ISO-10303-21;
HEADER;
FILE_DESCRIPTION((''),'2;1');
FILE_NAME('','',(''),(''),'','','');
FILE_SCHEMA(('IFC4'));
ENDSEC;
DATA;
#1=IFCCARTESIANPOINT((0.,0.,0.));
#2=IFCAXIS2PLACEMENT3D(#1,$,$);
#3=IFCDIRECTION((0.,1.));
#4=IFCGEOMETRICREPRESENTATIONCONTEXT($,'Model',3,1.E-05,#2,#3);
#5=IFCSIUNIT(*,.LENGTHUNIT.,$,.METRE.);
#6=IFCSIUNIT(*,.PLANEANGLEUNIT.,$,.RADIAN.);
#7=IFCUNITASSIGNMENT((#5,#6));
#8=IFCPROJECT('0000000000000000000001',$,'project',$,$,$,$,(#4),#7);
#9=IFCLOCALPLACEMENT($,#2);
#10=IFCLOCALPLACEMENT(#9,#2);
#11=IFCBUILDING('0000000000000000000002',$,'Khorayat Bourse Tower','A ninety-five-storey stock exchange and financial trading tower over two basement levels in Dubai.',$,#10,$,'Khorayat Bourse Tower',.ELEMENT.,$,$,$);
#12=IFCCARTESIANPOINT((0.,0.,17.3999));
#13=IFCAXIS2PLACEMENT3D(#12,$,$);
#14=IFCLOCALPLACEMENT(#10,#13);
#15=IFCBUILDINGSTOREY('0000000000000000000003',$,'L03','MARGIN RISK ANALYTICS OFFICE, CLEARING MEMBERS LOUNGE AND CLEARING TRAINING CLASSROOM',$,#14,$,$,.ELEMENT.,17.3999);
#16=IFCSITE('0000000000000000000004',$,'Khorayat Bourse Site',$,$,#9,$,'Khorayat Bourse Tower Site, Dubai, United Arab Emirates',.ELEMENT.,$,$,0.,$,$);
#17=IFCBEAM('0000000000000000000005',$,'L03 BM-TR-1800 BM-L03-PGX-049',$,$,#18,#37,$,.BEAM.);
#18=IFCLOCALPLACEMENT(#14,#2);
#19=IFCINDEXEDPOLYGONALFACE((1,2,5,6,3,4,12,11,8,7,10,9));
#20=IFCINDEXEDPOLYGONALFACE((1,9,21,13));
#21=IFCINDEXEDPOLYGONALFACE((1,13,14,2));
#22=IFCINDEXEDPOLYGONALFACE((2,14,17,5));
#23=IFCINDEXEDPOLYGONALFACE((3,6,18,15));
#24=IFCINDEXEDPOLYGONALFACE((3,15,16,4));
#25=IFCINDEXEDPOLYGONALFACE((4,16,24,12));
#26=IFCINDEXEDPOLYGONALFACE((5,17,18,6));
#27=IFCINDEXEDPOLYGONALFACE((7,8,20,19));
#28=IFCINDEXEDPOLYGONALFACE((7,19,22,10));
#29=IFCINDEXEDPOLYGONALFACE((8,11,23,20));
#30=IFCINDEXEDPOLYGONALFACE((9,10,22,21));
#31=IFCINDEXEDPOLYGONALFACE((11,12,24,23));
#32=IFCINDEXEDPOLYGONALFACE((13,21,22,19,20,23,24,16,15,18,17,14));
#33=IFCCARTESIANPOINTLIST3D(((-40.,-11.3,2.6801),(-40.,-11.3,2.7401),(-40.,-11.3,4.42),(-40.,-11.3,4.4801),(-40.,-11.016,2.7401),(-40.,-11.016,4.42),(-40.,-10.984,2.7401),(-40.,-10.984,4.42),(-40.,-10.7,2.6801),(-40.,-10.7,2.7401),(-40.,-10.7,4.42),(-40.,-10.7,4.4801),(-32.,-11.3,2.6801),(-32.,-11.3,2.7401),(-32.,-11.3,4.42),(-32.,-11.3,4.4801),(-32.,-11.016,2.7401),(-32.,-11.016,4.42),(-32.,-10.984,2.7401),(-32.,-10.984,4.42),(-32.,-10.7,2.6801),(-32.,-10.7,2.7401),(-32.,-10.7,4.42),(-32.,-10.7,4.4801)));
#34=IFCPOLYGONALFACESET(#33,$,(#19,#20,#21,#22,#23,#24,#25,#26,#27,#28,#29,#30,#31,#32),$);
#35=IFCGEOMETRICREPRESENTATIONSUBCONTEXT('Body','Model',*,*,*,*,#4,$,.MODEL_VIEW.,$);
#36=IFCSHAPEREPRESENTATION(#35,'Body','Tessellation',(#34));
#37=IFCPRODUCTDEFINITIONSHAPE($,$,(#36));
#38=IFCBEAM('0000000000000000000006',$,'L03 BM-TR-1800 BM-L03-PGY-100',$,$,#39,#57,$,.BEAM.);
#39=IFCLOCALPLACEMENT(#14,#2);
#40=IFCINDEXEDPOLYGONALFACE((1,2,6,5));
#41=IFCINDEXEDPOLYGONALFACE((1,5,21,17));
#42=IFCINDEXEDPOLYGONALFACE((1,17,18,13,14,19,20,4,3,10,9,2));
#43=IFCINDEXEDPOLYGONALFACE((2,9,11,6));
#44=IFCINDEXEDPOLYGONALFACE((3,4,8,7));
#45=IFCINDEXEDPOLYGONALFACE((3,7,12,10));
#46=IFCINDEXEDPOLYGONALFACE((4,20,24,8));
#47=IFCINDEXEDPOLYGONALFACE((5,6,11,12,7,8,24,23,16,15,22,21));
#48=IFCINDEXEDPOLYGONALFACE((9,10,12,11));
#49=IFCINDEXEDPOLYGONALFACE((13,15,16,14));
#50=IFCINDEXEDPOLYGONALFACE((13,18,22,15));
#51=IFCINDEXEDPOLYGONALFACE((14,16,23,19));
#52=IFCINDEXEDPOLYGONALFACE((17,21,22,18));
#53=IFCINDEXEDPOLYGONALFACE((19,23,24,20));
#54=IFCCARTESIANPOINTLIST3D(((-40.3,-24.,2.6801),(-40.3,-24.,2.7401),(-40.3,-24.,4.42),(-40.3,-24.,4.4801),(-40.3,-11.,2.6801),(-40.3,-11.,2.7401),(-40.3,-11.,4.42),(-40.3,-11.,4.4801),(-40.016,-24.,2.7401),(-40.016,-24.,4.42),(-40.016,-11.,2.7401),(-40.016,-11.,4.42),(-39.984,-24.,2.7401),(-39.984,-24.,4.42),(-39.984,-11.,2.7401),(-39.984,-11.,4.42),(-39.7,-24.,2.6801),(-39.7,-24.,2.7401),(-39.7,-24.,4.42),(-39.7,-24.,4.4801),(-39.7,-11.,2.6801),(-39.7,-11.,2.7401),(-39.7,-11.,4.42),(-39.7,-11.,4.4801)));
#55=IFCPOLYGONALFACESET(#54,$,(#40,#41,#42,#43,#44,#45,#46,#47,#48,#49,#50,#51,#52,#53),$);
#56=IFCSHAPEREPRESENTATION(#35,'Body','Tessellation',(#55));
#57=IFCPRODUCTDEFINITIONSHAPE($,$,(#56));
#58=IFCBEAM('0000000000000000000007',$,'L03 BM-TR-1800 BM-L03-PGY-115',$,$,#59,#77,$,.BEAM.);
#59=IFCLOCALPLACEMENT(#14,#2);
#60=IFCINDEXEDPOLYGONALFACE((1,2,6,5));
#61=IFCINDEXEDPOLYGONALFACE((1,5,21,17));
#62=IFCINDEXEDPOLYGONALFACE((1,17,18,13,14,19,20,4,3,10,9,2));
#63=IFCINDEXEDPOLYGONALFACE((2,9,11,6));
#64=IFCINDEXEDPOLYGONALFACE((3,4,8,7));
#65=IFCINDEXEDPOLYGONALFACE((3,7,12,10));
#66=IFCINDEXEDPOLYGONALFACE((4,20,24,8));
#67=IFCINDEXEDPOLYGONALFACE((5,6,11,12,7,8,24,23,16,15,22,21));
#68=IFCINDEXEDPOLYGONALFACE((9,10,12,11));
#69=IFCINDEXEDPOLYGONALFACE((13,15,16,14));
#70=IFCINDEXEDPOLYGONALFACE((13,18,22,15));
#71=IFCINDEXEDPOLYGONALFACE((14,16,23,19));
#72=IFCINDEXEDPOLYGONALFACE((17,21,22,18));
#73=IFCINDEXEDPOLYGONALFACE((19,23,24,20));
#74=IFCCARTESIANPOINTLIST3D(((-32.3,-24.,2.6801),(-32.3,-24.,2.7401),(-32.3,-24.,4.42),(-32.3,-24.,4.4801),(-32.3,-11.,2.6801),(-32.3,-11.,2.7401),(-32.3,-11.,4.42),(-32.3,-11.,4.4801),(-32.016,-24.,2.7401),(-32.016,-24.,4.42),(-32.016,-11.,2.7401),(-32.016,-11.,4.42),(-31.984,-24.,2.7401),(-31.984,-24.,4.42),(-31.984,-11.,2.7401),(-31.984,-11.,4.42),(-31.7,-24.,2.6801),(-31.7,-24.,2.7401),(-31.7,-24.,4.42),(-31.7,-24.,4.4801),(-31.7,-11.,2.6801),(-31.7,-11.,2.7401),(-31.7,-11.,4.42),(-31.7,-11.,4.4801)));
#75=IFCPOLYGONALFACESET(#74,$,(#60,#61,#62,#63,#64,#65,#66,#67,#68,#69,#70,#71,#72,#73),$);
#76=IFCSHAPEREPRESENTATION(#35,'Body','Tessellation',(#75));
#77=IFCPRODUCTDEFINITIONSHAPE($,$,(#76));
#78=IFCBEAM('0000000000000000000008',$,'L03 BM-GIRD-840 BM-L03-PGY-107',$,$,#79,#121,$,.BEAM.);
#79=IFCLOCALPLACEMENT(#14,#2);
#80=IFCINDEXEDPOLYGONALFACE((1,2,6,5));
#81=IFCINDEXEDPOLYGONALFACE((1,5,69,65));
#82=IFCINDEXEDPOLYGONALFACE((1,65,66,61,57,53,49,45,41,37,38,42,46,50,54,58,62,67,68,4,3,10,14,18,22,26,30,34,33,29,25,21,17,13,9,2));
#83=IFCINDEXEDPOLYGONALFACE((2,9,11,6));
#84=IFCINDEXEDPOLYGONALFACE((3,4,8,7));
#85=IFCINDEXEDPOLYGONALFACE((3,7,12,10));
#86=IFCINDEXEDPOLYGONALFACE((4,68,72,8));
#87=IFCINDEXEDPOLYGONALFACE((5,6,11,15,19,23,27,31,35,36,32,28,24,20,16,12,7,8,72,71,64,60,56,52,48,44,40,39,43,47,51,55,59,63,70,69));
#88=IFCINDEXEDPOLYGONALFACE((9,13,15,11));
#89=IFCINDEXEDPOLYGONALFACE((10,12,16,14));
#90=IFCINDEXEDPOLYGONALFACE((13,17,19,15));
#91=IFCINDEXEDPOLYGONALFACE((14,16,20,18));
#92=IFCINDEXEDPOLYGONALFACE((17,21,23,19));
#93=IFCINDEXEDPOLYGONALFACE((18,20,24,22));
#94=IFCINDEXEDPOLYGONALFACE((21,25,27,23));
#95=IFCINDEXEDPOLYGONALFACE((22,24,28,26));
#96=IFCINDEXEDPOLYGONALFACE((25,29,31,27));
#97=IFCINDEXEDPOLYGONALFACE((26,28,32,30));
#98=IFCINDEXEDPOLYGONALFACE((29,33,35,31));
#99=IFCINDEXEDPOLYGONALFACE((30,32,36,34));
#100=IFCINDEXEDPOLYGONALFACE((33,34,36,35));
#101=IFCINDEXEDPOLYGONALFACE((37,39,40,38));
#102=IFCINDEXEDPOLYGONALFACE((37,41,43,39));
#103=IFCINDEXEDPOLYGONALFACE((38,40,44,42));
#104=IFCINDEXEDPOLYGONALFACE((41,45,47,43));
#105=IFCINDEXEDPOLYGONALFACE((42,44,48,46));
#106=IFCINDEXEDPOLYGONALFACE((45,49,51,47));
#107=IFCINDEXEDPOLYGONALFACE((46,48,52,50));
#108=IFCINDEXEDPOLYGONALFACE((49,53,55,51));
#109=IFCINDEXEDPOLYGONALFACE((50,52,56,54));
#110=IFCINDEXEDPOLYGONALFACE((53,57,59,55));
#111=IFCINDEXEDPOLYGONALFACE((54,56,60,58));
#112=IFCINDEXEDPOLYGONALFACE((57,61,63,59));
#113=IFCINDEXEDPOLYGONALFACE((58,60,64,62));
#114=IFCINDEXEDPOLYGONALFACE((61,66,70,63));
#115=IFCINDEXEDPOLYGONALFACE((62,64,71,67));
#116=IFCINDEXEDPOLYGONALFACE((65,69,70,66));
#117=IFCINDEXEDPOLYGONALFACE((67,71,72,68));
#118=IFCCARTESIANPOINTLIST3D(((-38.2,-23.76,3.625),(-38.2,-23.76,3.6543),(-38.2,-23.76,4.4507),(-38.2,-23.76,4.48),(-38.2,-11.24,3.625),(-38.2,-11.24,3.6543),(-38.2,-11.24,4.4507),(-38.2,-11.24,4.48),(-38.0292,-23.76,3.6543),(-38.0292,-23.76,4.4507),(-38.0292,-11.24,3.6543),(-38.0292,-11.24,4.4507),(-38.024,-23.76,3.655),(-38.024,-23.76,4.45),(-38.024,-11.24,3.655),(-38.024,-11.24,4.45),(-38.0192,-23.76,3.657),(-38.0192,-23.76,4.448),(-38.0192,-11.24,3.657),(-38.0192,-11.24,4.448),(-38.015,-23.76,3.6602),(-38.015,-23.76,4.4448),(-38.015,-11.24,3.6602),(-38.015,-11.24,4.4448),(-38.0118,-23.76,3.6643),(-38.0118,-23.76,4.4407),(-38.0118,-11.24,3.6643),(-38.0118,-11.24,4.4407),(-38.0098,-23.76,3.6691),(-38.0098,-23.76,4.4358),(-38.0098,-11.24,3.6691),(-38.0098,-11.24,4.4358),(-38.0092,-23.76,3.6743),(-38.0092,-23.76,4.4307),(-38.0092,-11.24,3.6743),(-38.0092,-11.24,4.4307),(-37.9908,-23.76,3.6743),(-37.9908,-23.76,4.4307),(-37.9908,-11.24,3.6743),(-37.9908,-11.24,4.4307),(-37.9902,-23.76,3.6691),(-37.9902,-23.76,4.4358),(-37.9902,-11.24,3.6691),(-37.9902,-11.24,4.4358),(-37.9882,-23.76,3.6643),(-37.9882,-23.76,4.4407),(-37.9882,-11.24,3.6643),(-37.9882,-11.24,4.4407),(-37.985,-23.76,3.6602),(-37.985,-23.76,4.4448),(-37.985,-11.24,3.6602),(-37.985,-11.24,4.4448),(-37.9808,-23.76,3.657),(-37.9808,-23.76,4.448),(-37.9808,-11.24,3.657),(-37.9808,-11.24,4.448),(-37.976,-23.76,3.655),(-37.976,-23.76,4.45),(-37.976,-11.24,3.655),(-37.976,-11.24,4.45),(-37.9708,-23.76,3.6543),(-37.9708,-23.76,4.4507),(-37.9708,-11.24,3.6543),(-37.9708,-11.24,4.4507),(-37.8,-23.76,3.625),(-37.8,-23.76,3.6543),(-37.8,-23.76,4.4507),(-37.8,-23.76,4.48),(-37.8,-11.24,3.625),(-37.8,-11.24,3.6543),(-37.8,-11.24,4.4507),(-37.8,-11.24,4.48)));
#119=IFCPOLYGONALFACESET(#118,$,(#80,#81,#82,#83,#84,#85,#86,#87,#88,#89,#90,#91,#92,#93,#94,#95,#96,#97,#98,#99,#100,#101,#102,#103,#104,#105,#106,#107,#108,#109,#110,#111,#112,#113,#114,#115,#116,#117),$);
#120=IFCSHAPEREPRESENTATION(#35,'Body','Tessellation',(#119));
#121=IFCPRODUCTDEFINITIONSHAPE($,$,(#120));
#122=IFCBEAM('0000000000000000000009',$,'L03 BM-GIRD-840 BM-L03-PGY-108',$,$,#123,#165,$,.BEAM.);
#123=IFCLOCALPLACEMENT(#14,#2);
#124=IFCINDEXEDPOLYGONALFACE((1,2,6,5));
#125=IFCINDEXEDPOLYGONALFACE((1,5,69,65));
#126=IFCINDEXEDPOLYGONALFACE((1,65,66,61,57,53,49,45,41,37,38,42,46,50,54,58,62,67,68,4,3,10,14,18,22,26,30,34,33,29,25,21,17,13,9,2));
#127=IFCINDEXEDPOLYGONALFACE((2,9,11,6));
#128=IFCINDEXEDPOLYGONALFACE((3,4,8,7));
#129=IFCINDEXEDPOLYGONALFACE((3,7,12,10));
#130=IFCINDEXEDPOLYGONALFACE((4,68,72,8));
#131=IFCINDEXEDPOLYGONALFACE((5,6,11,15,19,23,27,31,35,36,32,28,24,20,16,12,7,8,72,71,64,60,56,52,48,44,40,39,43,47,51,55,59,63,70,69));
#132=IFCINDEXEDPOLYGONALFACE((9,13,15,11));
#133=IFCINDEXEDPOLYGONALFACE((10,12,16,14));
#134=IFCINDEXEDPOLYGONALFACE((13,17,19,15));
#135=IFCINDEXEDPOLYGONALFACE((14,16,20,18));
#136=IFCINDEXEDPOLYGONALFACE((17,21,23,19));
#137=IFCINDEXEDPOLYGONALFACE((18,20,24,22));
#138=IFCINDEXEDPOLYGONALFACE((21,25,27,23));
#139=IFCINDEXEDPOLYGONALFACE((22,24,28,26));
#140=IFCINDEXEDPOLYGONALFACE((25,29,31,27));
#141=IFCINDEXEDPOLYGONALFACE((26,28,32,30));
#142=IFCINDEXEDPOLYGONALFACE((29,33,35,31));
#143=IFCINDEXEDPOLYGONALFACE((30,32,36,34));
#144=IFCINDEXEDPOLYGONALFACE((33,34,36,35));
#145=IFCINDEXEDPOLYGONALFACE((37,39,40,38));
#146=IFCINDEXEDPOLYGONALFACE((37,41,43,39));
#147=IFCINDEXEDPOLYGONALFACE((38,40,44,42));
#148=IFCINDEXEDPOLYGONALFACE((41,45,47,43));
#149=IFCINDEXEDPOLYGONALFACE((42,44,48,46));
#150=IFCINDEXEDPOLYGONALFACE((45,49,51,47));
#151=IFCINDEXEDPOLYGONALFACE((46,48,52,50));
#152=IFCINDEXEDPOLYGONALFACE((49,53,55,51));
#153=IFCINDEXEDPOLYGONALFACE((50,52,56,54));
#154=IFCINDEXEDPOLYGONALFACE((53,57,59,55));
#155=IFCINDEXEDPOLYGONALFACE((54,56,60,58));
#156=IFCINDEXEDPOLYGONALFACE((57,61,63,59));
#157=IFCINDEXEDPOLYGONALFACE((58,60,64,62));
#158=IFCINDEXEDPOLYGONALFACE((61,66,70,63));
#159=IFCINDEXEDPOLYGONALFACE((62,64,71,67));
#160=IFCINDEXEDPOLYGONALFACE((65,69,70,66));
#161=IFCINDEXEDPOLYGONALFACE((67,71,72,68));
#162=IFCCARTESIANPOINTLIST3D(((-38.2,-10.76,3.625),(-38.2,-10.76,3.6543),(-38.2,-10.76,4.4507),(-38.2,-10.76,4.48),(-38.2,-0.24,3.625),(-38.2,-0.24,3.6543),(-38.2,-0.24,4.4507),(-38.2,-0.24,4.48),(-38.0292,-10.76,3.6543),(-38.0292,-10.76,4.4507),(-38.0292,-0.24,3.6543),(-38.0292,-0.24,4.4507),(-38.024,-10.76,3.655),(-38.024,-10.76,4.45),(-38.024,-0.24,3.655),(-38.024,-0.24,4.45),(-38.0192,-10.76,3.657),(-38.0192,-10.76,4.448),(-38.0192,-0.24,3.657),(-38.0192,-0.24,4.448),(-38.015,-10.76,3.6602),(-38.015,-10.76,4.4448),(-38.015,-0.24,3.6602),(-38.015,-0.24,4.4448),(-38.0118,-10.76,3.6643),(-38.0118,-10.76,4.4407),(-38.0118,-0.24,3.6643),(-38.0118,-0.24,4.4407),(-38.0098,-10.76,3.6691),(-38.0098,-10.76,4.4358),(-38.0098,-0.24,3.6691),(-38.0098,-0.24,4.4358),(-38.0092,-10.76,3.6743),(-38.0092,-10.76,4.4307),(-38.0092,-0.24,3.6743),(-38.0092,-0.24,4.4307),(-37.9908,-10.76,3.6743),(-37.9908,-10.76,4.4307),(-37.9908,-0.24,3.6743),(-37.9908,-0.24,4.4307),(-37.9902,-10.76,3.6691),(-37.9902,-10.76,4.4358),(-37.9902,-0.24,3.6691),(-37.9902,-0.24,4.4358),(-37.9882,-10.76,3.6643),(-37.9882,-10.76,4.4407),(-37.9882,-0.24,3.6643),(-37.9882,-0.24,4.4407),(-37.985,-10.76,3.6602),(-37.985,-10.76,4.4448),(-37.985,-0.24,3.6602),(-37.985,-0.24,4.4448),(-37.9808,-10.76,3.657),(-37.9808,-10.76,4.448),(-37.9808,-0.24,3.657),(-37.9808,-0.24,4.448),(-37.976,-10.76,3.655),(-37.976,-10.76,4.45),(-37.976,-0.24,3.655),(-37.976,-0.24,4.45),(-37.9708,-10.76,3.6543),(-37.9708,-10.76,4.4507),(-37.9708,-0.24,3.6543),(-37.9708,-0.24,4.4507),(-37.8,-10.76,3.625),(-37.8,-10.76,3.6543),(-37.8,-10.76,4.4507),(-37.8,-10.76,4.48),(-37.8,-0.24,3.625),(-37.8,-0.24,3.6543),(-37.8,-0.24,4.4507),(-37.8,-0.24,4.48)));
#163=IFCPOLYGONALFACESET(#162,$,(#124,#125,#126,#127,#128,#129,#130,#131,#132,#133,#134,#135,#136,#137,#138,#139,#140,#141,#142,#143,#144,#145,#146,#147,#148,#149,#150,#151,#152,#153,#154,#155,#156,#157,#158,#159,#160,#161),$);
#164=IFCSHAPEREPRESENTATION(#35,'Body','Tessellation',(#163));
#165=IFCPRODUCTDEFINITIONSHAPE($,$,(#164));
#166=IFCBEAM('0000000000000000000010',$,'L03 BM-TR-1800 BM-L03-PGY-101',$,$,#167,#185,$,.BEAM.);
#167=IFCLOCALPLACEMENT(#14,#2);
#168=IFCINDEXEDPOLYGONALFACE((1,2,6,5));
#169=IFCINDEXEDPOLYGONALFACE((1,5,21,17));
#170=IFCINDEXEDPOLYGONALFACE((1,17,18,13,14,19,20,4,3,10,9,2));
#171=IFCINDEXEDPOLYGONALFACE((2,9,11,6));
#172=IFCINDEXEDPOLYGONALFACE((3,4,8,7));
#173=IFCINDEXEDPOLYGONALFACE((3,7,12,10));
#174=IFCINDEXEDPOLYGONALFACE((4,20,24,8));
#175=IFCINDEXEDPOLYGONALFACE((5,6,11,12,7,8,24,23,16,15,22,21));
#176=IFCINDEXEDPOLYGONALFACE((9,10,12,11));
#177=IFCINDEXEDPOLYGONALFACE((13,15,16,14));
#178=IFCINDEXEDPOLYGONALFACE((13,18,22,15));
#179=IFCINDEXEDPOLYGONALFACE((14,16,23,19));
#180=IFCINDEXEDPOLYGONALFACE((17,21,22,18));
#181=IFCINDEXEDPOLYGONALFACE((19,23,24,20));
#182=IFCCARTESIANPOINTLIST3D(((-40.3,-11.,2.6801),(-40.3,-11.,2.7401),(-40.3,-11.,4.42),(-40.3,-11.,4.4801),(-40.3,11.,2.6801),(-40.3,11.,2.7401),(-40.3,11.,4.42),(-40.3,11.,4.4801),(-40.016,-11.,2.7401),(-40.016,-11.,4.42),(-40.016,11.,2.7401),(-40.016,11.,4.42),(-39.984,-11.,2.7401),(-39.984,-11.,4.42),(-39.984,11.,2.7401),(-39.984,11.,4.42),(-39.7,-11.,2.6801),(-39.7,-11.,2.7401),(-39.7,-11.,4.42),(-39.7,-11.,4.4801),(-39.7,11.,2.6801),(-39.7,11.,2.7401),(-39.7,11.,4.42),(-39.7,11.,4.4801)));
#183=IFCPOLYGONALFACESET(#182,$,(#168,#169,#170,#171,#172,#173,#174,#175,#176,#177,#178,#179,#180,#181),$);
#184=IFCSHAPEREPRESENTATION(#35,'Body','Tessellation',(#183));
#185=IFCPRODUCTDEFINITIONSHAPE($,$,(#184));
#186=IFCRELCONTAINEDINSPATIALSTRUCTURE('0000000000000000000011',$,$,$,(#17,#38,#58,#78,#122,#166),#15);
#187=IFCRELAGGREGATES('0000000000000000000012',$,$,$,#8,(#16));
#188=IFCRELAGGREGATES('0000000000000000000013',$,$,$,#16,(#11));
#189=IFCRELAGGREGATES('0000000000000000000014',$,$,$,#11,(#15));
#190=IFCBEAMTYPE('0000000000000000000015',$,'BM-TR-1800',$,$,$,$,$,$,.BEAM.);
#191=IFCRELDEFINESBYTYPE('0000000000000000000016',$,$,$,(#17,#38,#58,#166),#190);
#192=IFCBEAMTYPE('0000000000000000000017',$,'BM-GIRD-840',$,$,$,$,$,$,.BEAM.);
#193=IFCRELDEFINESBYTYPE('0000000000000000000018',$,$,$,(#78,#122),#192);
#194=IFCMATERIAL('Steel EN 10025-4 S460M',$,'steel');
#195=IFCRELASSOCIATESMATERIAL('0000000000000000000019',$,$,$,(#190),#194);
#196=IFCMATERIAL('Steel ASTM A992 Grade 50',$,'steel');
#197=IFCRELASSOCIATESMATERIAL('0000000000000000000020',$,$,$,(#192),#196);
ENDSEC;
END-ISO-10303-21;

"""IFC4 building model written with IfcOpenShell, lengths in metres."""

from ifc_helpers import new_model, si_unit, direction, frame, origin, origin_2d, place, context, subcontext, project, spatial, i_section, extrude, source, transform, mapped, material, material_profile, profile_set, type_object, element, save


model = new_model("IFC4")

# Units and contexts
model_context = context("Model", 3, precision=1e-05, world=origin(), true_north=direction((0.0, 1.0)))
body_context = subcontext(model_context, "Body", "Model", "MODEL_VIEW")
ifc_project = project(units=[si_unit("LENGTHUNIT", "METRE"), si_unit("PLANEANGLEUNIT", "RADIAN")], contexts=[model_context])

# Site, building, storey
site_placement = place(None, origin())
site = spatial("IfcSite", under=ifc_project, at=site_placement, Name="Khorayat Bourse Site", LongName="Khorayat Bourse Tower Site, Dubai, United Arab Emirates", CompositionType="ELEMENT", RefElevation=0.0)
building_placement = place(site_placement, origin())
building = spatial("IfcBuilding", under=site, at=building_placement, Name="Khorayat Bourse Tower", Description="A ninety-five-storey stock exchange and financial trading tower over two basement levels in Dubai.", LongName="Khorayat Bourse Tower", CompositionType="ELEMENT")
storey_placement = place(building_placement, frame((0.0, 0.0, 17.3999)))
storey = spatial("IfcBuildingStorey", under=building, at=storey_placement, Name="L03", Description="MARGIN RISK ANALYTICS OFFICE, CLEARING MEMBERS LOUNGE AND CLEARING TRAINING CLASSROOM", CompositionType="ELEMENT", Elevation=17.3999)

# Beams
ifc_material_1 = material(Name="Steel EN 10025-4 S460M", Category="steel")
ifc_material_profile_1 = material_profile(ifc_material_1, i_section(OverallWidth=0.6001, OverallDepth=1.8, WebThickness=0.032, FlangeThickness=0.0601, at=origin_2d()), Name="PG 1800x600x32x60")
ifc_profile_set_1 = profile_set([ifc_material_profile_1], Name="Steel EN 10025-4 S460M")
beam_type_1 = type_object("IfcBeamType", Name="BM-TR-1800", PredefinedType="BEAM", material=ifc_profile_set_1)
shared_shape_1 = source(origin(), body_context, "Body", "SweptSolid", [
    extrude(i_section(OverallWidth=0.6001, OverallDepth=1.8, WebThickness=0.032, FlangeThickness=0.0601, at=origin_2d()), origin(), (0.0, 0.0, 1.0), 8.0),
])
for number, where, z_axis, x_axis, name in (
    (1, (-40.0, -11.0, 3.5801), (1.0, 0.0, 0.0), (0.0, 1.0, 0.0), "L03 BM-TR-1800 BM-L03-PGX-049"),
):
    element("IfcBeam", number, at=place(storey_placement, frame(where, z_axis=z_axis, x_axis=x_axis)), inside=storey, type_object=beam_type_1, Name=name, PredefinedType="BEAM", context=body_context, shape_type="MappedRepresentation", body=[
        mapped(shared_shape_1, transform((0.0, 0.0, 0.0), scale=1.0)),
    ])
shared_shape_2 = source(origin(), body_context, "Body", "SweptSolid", [
    extrude(i_section(OverallWidth=0.6001, OverallDepth=1.8, WebThickness=0.032, FlangeThickness=0.0601, at=origin_2d()), origin(), (0.0, 0.0, 1.0), 13.0),
])
for number, where, z_axis, x_axis, name in (
    (2, (-40.0, -24.0, 3.5801), (0.0, 1.0, 0.0), (-1.0, 0.0, 0.0), "L03 BM-TR-1800 BM-L03-PGY-100"),
    (3, (-32.0, -24.0, 3.5801), (0.0, 1.0, 0.0), (-1.0, 0.0, 0.0), "L03 BM-TR-1800 BM-L03-PGY-115"),
):
    element("IfcBeam", number, at=place(storey_placement, frame(where, z_axis=z_axis, x_axis=x_axis)), inside=storey, type_object=beam_type_1, Name=name, PredefinedType="BEAM", context=body_context, shape_type="MappedRepresentation", body=[
        mapped(shared_shape_2, transform((0.0, 0.0, 0.0), scale=1.0)),
    ])
ifc_material_2 = material(Name="Steel ASTM A992 Grade 50", Category="steel")
ifc_material_profile_2 = material_profile(ifc_material_2, i_section(OverallWidth=0.3999, OverallDepth=0.855, WebThickness=0.0183, FlangeThickness=0.0293, FilletRadius=0.02, at=origin_2d()), Name="W840X299")
ifc_profile_set_2 = profile_set([ifc_material_profile_2], Name="Steel ASTM A992 Grade 50")
beam_type_2 = type_object("IfcBeamType", Name="BM-GIRD-840", PredefinedType="BEAM", material=ifc_profile_set_2)
shared_shape_3 = source(origin(), body_context, "Body", "SweptSolid", [
    extrude(i_section(OverallWidth=0.3999, OverallDepth=0.855, WebThickness=0.0183, FlangeThickness=0.0293, FilletRadius=0.02, at=origin_2d()), origin(), (0.0, 0.0, 1.0), 12.52),
])
beam_1_placement = place(storey_placement, frame((-38.0, -23.76, 4.0525), z_axis=(0.0, 1.0, 0.0), x_axis=(-1.0, 0.0, 0.0)))
element("IfcBeam", 4, at=beam_1_placement, inside=storey, type_object=beam_type_2, Name="L03 BM-GIRD-840 BM-L03-PGY-107", PredefinedType="BEAM", context=body_context, shape_type="MappedRepresentation", body=[
    mapped(shared_shape_3, transform((0.0, 0.0, 0.0), scale=1.0)),
])
shared_shape_4 = source(origin(), body_context, "Body", "SweptSolid", [
    extrude(i_section(OverallWidth=0.3999, OverallDepth=0.855, WebThickness=0.0183, FlangeThickness=0.0293, FilletRadius=0.02, at=origin_2d()), origin(), (0.0, 0.0, 1.0), 10.52),
])
beam_2_placement = place(storey_placement, frame((-38.0, -10.76, 4.0525), z_axis=(0.0, 1.0, 0.0), x_axis=(-1.0, 0.0, 0.0)))
element("IfcBeam", 5, at=beam_2_placement, inside=storey, type_object=beam_type_2, Name="L03 BM-GIRD-840 BM-L03-PGY-108", PredefinedType="BEAM", context=body_context, shape_type="MappedRepresentation", body=[
    mapped(shared_shape_4, transform((0.0, 0.0, 0.0), scale=1.0)),
])
shared_shape_5 = source(origin(), body_context, "Body", "SweptSolid", [
    extrude(i_section(OverallWidth=0.6001, OverallDepth=1.8, WebThickness=0.032, FlangeThickness=0.0601, at=origin_2d()), origin(), (0.0, 0.0, 1.0), 22.0),
])
beam_3_placement = place(storey_placement, frame((-40.0, -11.0, 3.5801), z_axis=(0.0, 1.0, 0.0), x_axis=(-1.0, 0.0, 0.0)))
element("IfcBeam", 6, at=beam_3_placement, inside=storey, type_object=beam_type_1, Name="L03 BM-TR-1800 BM-L03-PGY-101", PredefinedType="BEAM", context=body_context, shape_type="MappedRepresentation", body=[
    mapped(shared_shape_5, transform((0.0, 0.0, 0.0), scale=1.0)),
])

save(model, "model.ifc")
